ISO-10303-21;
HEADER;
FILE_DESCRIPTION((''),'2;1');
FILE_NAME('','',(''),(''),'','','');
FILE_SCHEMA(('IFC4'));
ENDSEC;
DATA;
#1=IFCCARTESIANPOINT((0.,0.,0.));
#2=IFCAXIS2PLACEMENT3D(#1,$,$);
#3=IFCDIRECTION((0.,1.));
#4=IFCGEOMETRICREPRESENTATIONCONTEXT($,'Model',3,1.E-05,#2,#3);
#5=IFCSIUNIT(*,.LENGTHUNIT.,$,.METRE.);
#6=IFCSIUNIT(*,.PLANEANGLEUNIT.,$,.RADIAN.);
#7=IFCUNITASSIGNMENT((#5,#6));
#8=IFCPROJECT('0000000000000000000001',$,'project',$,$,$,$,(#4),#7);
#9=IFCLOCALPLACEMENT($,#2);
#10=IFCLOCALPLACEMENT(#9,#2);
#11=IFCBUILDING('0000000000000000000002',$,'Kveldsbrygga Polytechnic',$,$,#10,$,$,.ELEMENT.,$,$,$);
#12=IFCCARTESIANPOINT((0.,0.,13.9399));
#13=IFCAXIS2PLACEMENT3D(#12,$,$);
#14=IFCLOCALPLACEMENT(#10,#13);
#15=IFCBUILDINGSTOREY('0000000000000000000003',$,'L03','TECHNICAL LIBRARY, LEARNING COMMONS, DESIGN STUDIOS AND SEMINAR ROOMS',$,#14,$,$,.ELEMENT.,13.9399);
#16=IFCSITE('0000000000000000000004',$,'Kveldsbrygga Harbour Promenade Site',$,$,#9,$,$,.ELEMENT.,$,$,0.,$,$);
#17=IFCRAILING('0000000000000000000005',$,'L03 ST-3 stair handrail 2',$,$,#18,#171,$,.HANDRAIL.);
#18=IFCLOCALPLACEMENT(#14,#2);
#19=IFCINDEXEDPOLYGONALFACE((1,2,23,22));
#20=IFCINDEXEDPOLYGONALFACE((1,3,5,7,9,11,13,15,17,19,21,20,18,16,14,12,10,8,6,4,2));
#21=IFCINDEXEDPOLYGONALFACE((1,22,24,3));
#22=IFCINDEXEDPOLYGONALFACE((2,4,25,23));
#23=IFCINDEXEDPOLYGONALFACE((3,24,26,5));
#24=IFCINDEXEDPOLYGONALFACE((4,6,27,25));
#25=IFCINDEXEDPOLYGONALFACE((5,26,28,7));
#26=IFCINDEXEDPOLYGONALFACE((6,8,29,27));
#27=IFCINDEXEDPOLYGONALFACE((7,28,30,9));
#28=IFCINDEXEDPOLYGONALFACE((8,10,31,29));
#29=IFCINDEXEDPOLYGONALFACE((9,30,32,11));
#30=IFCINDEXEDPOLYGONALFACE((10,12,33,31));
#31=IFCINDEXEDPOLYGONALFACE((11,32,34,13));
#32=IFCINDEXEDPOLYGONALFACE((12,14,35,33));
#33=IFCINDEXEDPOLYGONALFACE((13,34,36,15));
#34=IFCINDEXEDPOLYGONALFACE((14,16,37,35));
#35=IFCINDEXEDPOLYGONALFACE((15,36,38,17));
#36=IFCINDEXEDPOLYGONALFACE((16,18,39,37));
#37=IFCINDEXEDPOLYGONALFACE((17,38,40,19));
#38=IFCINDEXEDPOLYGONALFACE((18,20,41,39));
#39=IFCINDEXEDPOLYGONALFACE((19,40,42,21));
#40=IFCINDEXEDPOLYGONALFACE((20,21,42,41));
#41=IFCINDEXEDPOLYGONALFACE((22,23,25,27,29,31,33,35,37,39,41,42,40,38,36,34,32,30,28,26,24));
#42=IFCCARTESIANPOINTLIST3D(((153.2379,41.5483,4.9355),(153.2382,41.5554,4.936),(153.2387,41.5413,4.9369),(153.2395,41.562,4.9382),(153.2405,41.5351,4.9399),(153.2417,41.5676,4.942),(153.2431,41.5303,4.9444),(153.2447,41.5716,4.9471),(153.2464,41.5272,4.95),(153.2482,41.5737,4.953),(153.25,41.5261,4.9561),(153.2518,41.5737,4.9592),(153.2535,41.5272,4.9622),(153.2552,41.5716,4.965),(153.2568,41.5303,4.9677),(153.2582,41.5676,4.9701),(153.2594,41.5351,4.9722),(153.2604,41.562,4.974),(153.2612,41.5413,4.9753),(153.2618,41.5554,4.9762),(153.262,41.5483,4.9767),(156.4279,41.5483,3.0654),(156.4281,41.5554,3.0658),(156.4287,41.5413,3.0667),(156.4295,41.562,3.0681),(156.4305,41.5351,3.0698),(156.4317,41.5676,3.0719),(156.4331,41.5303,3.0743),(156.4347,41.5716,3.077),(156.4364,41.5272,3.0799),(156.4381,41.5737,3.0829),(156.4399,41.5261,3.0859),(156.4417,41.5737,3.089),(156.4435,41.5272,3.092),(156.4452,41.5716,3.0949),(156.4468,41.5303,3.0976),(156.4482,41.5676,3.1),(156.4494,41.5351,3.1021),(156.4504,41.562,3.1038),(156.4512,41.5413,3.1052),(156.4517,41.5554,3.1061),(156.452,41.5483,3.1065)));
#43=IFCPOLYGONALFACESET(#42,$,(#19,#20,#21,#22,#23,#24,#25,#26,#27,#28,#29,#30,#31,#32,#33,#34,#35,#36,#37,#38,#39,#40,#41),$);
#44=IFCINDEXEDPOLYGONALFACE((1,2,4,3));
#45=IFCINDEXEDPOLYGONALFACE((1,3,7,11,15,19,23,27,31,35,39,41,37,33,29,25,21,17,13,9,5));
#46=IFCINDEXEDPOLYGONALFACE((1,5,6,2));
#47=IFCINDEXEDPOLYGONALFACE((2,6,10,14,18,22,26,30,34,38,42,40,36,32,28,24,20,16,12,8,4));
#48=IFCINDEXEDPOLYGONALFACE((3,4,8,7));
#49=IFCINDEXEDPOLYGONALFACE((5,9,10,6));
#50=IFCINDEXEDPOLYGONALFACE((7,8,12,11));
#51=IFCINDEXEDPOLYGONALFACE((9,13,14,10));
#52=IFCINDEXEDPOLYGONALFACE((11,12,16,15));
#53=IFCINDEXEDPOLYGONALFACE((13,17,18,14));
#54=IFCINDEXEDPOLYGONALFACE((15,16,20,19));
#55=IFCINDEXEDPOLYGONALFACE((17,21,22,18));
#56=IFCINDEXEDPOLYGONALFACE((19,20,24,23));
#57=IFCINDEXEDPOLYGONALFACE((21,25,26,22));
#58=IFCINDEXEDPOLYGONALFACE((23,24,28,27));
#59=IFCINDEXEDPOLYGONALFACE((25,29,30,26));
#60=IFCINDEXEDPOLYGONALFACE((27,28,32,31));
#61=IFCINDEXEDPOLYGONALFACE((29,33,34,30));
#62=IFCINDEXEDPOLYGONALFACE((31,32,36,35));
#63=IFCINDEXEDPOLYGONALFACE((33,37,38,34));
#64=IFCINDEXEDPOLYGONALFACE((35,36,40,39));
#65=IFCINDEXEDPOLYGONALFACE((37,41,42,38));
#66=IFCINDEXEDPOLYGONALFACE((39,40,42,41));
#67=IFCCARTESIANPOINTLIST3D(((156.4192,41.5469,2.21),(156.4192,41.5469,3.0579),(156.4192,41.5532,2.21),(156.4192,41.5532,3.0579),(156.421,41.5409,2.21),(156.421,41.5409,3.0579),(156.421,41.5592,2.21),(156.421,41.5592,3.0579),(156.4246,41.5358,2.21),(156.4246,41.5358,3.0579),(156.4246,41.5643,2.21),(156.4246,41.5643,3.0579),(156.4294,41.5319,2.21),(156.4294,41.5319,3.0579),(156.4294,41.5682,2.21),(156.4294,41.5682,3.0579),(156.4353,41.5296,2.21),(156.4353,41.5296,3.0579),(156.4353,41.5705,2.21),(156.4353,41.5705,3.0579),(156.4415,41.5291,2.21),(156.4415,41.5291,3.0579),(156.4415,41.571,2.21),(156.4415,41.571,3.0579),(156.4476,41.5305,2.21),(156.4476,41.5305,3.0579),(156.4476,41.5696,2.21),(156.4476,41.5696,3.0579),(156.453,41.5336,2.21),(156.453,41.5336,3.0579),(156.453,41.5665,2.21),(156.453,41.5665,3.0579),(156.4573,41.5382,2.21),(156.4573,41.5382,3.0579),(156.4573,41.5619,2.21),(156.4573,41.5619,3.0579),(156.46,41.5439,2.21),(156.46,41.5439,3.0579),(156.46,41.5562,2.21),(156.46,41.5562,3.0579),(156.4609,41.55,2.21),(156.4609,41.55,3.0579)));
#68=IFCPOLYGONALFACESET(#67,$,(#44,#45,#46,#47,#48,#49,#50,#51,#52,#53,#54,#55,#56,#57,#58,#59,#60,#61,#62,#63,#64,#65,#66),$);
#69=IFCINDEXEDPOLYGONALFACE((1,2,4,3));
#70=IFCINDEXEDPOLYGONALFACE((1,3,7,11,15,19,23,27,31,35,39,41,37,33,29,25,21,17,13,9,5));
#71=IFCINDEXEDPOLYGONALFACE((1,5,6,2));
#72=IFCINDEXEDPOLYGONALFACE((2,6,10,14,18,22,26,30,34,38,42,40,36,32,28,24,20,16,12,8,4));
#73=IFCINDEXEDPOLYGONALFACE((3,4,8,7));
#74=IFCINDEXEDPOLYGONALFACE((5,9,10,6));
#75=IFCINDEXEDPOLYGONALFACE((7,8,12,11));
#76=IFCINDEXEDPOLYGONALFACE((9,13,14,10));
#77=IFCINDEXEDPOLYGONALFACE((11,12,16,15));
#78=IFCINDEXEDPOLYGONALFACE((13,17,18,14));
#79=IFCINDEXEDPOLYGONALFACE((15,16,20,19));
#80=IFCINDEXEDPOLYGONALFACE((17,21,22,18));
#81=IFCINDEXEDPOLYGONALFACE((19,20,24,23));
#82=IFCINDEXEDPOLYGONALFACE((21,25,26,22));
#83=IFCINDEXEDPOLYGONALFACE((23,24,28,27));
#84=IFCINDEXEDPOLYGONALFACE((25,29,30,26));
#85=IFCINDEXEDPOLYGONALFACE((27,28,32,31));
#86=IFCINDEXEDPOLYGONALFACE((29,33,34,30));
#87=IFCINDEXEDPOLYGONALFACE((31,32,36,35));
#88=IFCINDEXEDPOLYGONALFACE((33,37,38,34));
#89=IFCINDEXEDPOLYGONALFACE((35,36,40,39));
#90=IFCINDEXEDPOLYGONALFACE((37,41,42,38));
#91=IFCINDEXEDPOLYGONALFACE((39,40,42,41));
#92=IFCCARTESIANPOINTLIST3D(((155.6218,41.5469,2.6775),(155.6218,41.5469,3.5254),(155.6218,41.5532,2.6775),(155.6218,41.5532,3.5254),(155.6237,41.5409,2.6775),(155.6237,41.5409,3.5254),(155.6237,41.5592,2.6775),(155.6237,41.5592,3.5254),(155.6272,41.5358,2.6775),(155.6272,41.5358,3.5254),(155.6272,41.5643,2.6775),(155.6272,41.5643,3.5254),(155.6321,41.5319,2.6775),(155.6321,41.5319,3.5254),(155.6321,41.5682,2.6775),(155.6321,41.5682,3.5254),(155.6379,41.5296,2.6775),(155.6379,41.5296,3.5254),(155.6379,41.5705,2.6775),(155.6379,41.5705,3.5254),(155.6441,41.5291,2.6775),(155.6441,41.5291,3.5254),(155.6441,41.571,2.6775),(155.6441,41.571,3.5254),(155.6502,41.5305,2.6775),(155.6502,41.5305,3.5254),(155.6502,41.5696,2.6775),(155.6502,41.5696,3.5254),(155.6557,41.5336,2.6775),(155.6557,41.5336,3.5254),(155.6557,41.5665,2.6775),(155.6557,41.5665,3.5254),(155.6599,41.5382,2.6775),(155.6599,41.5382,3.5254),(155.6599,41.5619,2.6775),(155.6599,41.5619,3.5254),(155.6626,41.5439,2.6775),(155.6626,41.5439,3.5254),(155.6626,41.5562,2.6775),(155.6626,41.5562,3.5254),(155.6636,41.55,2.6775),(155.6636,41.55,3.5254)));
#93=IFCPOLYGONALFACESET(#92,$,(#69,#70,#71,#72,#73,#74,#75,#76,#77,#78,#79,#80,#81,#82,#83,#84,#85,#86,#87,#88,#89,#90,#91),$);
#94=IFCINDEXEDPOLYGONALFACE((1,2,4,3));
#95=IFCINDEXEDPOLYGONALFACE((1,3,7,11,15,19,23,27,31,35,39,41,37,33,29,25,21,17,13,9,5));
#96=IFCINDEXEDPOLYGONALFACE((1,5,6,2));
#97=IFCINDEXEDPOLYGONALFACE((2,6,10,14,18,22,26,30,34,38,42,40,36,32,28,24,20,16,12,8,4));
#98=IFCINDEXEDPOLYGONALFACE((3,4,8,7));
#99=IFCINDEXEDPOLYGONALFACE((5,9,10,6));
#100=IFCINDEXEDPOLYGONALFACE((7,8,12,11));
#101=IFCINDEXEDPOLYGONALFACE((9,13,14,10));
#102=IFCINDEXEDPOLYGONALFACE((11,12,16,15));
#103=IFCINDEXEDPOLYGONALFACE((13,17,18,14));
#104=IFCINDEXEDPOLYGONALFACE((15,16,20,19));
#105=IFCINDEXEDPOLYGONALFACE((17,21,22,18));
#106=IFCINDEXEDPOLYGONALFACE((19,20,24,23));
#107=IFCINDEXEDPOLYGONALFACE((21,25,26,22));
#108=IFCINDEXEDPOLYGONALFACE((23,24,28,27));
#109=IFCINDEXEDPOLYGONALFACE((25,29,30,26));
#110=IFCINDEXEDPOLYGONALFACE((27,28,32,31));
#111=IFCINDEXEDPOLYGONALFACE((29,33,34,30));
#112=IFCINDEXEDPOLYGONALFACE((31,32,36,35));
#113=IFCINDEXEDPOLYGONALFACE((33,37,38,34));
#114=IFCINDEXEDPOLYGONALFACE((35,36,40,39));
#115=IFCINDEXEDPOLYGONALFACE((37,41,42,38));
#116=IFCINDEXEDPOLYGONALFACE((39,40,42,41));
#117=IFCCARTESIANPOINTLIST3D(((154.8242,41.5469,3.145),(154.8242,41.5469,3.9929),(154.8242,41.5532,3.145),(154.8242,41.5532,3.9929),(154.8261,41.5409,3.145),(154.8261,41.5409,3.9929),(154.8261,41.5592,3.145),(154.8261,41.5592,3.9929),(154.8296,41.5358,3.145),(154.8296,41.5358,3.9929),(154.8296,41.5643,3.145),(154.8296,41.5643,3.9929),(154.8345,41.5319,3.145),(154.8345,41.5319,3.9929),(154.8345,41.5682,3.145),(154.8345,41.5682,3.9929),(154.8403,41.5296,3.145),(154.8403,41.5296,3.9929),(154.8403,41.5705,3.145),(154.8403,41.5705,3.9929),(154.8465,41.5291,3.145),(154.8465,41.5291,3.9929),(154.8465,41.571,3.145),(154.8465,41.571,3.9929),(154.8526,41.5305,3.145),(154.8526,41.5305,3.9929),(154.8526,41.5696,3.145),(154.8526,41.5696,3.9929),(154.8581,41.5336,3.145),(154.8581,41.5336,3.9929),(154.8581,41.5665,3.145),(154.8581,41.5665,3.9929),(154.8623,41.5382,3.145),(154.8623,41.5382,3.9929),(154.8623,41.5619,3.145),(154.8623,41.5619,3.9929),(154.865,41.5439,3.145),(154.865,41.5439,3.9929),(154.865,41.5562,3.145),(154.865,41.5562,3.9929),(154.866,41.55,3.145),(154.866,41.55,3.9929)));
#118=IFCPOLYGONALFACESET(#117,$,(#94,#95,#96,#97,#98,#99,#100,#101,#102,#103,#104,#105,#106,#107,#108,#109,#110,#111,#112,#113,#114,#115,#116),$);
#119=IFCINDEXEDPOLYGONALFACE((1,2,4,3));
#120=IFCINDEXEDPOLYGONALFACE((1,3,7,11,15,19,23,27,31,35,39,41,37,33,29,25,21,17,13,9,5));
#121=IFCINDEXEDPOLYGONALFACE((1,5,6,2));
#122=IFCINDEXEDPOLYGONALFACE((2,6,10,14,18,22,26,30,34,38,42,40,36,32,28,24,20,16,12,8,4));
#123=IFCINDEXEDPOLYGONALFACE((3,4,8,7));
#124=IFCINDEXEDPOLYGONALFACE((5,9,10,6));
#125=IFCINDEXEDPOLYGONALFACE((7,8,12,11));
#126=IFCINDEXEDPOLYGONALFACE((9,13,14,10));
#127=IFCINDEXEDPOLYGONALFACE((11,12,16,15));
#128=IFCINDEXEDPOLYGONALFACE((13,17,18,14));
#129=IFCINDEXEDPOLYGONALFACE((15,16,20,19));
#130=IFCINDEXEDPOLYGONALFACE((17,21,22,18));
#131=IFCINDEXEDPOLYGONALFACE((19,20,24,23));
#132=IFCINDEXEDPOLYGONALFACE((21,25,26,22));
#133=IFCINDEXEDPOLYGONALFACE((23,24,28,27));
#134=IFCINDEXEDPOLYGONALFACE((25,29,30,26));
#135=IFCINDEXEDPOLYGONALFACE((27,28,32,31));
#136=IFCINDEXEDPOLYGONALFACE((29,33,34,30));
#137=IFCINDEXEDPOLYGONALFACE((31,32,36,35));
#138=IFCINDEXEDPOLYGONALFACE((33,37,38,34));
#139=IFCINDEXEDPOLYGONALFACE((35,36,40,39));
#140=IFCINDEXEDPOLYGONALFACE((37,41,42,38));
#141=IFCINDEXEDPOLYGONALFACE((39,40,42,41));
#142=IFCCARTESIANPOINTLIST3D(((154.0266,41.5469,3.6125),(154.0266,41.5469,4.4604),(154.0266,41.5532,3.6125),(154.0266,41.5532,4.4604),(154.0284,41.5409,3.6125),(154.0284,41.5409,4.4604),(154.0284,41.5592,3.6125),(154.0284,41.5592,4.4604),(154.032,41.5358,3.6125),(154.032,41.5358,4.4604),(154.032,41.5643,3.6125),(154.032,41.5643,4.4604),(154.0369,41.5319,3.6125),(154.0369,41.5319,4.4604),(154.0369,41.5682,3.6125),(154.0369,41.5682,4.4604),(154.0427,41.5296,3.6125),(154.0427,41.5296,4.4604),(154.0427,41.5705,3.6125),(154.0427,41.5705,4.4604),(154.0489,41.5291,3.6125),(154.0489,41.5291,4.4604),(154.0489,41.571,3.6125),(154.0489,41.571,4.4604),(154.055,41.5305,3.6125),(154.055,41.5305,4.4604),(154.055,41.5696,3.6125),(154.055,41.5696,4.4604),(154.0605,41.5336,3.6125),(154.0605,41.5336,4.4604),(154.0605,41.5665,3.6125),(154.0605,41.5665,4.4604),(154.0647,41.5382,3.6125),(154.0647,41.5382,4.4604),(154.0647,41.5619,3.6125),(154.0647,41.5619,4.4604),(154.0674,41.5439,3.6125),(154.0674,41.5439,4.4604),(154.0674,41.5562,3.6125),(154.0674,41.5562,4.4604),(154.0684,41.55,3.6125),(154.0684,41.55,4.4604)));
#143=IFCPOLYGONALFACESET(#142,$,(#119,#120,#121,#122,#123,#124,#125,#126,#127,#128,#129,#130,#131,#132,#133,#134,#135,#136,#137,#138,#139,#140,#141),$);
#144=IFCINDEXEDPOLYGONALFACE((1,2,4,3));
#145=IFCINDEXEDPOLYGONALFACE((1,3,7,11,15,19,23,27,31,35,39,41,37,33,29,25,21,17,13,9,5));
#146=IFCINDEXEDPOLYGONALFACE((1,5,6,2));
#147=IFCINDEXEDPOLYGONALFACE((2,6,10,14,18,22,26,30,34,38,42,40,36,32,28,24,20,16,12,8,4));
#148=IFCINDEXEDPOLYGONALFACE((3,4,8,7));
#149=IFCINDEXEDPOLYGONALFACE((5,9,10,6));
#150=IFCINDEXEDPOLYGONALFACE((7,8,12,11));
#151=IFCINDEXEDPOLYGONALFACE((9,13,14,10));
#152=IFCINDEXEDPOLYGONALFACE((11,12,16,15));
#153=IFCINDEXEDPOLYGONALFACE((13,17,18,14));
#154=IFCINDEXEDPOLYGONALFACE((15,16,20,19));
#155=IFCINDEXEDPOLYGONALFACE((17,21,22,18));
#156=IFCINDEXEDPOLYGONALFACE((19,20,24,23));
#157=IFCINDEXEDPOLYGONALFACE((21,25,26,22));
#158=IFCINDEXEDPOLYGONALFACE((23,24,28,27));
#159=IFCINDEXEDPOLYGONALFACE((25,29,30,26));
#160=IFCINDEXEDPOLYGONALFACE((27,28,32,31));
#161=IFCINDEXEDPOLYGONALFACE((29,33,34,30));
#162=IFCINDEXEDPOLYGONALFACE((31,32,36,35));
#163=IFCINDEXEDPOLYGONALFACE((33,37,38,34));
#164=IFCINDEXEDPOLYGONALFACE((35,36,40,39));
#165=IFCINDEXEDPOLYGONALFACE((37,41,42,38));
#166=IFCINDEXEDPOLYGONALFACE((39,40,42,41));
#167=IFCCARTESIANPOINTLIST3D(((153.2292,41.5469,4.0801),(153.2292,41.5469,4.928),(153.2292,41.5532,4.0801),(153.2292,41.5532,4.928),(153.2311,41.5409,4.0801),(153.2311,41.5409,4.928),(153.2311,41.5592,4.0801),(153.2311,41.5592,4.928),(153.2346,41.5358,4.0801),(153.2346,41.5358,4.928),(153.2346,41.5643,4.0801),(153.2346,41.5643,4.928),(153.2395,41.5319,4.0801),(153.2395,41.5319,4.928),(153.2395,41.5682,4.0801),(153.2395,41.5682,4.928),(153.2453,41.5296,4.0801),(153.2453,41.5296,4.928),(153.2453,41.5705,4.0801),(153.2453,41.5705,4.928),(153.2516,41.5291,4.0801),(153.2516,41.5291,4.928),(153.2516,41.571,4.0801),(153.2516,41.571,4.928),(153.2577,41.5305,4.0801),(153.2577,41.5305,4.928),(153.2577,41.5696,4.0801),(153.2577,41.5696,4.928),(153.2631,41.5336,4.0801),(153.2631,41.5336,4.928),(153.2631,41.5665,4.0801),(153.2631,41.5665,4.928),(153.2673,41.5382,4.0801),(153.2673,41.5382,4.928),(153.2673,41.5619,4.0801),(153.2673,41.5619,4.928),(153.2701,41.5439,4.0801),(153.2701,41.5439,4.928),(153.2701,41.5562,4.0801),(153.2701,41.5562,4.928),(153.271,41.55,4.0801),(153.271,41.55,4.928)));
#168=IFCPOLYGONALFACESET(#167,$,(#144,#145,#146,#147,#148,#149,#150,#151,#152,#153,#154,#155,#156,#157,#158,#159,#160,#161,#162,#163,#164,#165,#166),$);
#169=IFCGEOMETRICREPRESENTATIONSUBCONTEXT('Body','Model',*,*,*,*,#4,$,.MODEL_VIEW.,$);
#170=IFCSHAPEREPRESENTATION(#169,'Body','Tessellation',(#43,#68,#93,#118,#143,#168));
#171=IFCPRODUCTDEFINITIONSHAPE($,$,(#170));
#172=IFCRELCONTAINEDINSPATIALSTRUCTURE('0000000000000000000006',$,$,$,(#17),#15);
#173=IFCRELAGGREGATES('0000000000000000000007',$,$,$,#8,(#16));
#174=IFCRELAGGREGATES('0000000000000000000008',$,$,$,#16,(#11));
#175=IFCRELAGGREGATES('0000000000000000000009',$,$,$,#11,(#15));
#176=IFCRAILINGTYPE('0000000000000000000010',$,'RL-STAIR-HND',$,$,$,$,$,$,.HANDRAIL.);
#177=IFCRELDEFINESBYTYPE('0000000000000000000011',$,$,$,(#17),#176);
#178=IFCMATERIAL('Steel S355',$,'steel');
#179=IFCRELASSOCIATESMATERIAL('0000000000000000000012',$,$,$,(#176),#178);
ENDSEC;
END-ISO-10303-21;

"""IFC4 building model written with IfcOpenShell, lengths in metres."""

from ifc_helpers import new_model, si_unit, direction, frame, origin, origin_2d, place, context, subcontext, project, spatial, circle, extrude, material, type_object, element, save


model = new_model("IFC4")

# Units and contexts
model_context = context("Model", 3, precision=1e-05, world=origin(), true_north=direction((0.0, 1.0)))
body_context = subcontext(model_context, "Body", "Model", "MODEL_VIEW")
ifc_project = project(units=[si_unit("LENGTHUNIT", "METRE"), si_unit("PLANEANGLEUNIT", "RADIAN")], contexts=[model_context])

# Site, building, storey
site_placement = place(None, origin())
site = spatial("IfcSite", under=ifc_project, at=site_placement, Name="Kveldsbrygga Harbour Promenade Site", CompositionType="ELEMENT", RefElevation=0.0)
building_placement = place(site_placement, origin())
building = spatial("IfcBuilding", under=site, at=building_placement, Name="Kveldsbrygga Polytechnic", CompositionType="ELEMENT")
storey_placement = place(building_placement, frame((0.0, 0.0, 13.9399)))
storey = spatial("IfcBuildingStorey", under=building, at=storey_placement, Name="L03", Description="TECHNICAL LIBRARY, LEARNING COMMONS, DESIGN STUDIOS AND SEMINAR ROOMS", CompositionType="ELEMENT", Elevation=13.9399)

# Railing
ifc_material_1 = material(Name="Steel S355", Category="steel")
railing_type_1 = type_object("IfcRailingType", Name="RL-STAIR-HND", PredefinedType="HANDRAIL", material=ifc_material_1)
railing_1_placement = place(storey_placement, frame((156.4399, 41.55, 2.21)))
element("IfcRailing", 1, at=railing_1_placement, inside=storey, type_object=railing_type_1, Name="L03 ST-3 stair handrail 2", PredefinedType="HANDRAIL", context=body_context, shape_type="SweptSolid", body=[
    extrude(circle(Radius=0.0239, at=origin_2d()), frame((0.0, 0.0, 0.876), z_axis=(-0.86268, 0.0, 0.50575), x_axis=(0.0, -1.0, 0.0)), (0.0, 0.0, 1.0), 3.6978),
    extrude(circle(Radius=0.021, at=origin_2d()), origin(), (0.0, 0.0, 1.0), 0.8479),
    extrude(circle(Radius=0.021, at=origin_2d()), frame((-0.7974, 0.0, 0.4675)), (0.0, 0.0, 1.0), 0.8479),
    extrude(circle(Radius=0.021, at=origin_2d()), frame((-1.595, 0.0, 0.9351)), (0.0, 0.0, 1.0), 0.8479),
    extrude(circle(Radius=0.021, at=origin_2d()), frame((-2.3926, 0.0, 1.4026)), (0.0, 0.0, 1.0), 0.8479),
    extrude(circle(Radius=0.021, at=origin_2d()), frame((-3.1899, 0.0, 1.8701)), (0.0, 0.0, 1.0), 0.8479),
])

save(model, "model.ifc")
